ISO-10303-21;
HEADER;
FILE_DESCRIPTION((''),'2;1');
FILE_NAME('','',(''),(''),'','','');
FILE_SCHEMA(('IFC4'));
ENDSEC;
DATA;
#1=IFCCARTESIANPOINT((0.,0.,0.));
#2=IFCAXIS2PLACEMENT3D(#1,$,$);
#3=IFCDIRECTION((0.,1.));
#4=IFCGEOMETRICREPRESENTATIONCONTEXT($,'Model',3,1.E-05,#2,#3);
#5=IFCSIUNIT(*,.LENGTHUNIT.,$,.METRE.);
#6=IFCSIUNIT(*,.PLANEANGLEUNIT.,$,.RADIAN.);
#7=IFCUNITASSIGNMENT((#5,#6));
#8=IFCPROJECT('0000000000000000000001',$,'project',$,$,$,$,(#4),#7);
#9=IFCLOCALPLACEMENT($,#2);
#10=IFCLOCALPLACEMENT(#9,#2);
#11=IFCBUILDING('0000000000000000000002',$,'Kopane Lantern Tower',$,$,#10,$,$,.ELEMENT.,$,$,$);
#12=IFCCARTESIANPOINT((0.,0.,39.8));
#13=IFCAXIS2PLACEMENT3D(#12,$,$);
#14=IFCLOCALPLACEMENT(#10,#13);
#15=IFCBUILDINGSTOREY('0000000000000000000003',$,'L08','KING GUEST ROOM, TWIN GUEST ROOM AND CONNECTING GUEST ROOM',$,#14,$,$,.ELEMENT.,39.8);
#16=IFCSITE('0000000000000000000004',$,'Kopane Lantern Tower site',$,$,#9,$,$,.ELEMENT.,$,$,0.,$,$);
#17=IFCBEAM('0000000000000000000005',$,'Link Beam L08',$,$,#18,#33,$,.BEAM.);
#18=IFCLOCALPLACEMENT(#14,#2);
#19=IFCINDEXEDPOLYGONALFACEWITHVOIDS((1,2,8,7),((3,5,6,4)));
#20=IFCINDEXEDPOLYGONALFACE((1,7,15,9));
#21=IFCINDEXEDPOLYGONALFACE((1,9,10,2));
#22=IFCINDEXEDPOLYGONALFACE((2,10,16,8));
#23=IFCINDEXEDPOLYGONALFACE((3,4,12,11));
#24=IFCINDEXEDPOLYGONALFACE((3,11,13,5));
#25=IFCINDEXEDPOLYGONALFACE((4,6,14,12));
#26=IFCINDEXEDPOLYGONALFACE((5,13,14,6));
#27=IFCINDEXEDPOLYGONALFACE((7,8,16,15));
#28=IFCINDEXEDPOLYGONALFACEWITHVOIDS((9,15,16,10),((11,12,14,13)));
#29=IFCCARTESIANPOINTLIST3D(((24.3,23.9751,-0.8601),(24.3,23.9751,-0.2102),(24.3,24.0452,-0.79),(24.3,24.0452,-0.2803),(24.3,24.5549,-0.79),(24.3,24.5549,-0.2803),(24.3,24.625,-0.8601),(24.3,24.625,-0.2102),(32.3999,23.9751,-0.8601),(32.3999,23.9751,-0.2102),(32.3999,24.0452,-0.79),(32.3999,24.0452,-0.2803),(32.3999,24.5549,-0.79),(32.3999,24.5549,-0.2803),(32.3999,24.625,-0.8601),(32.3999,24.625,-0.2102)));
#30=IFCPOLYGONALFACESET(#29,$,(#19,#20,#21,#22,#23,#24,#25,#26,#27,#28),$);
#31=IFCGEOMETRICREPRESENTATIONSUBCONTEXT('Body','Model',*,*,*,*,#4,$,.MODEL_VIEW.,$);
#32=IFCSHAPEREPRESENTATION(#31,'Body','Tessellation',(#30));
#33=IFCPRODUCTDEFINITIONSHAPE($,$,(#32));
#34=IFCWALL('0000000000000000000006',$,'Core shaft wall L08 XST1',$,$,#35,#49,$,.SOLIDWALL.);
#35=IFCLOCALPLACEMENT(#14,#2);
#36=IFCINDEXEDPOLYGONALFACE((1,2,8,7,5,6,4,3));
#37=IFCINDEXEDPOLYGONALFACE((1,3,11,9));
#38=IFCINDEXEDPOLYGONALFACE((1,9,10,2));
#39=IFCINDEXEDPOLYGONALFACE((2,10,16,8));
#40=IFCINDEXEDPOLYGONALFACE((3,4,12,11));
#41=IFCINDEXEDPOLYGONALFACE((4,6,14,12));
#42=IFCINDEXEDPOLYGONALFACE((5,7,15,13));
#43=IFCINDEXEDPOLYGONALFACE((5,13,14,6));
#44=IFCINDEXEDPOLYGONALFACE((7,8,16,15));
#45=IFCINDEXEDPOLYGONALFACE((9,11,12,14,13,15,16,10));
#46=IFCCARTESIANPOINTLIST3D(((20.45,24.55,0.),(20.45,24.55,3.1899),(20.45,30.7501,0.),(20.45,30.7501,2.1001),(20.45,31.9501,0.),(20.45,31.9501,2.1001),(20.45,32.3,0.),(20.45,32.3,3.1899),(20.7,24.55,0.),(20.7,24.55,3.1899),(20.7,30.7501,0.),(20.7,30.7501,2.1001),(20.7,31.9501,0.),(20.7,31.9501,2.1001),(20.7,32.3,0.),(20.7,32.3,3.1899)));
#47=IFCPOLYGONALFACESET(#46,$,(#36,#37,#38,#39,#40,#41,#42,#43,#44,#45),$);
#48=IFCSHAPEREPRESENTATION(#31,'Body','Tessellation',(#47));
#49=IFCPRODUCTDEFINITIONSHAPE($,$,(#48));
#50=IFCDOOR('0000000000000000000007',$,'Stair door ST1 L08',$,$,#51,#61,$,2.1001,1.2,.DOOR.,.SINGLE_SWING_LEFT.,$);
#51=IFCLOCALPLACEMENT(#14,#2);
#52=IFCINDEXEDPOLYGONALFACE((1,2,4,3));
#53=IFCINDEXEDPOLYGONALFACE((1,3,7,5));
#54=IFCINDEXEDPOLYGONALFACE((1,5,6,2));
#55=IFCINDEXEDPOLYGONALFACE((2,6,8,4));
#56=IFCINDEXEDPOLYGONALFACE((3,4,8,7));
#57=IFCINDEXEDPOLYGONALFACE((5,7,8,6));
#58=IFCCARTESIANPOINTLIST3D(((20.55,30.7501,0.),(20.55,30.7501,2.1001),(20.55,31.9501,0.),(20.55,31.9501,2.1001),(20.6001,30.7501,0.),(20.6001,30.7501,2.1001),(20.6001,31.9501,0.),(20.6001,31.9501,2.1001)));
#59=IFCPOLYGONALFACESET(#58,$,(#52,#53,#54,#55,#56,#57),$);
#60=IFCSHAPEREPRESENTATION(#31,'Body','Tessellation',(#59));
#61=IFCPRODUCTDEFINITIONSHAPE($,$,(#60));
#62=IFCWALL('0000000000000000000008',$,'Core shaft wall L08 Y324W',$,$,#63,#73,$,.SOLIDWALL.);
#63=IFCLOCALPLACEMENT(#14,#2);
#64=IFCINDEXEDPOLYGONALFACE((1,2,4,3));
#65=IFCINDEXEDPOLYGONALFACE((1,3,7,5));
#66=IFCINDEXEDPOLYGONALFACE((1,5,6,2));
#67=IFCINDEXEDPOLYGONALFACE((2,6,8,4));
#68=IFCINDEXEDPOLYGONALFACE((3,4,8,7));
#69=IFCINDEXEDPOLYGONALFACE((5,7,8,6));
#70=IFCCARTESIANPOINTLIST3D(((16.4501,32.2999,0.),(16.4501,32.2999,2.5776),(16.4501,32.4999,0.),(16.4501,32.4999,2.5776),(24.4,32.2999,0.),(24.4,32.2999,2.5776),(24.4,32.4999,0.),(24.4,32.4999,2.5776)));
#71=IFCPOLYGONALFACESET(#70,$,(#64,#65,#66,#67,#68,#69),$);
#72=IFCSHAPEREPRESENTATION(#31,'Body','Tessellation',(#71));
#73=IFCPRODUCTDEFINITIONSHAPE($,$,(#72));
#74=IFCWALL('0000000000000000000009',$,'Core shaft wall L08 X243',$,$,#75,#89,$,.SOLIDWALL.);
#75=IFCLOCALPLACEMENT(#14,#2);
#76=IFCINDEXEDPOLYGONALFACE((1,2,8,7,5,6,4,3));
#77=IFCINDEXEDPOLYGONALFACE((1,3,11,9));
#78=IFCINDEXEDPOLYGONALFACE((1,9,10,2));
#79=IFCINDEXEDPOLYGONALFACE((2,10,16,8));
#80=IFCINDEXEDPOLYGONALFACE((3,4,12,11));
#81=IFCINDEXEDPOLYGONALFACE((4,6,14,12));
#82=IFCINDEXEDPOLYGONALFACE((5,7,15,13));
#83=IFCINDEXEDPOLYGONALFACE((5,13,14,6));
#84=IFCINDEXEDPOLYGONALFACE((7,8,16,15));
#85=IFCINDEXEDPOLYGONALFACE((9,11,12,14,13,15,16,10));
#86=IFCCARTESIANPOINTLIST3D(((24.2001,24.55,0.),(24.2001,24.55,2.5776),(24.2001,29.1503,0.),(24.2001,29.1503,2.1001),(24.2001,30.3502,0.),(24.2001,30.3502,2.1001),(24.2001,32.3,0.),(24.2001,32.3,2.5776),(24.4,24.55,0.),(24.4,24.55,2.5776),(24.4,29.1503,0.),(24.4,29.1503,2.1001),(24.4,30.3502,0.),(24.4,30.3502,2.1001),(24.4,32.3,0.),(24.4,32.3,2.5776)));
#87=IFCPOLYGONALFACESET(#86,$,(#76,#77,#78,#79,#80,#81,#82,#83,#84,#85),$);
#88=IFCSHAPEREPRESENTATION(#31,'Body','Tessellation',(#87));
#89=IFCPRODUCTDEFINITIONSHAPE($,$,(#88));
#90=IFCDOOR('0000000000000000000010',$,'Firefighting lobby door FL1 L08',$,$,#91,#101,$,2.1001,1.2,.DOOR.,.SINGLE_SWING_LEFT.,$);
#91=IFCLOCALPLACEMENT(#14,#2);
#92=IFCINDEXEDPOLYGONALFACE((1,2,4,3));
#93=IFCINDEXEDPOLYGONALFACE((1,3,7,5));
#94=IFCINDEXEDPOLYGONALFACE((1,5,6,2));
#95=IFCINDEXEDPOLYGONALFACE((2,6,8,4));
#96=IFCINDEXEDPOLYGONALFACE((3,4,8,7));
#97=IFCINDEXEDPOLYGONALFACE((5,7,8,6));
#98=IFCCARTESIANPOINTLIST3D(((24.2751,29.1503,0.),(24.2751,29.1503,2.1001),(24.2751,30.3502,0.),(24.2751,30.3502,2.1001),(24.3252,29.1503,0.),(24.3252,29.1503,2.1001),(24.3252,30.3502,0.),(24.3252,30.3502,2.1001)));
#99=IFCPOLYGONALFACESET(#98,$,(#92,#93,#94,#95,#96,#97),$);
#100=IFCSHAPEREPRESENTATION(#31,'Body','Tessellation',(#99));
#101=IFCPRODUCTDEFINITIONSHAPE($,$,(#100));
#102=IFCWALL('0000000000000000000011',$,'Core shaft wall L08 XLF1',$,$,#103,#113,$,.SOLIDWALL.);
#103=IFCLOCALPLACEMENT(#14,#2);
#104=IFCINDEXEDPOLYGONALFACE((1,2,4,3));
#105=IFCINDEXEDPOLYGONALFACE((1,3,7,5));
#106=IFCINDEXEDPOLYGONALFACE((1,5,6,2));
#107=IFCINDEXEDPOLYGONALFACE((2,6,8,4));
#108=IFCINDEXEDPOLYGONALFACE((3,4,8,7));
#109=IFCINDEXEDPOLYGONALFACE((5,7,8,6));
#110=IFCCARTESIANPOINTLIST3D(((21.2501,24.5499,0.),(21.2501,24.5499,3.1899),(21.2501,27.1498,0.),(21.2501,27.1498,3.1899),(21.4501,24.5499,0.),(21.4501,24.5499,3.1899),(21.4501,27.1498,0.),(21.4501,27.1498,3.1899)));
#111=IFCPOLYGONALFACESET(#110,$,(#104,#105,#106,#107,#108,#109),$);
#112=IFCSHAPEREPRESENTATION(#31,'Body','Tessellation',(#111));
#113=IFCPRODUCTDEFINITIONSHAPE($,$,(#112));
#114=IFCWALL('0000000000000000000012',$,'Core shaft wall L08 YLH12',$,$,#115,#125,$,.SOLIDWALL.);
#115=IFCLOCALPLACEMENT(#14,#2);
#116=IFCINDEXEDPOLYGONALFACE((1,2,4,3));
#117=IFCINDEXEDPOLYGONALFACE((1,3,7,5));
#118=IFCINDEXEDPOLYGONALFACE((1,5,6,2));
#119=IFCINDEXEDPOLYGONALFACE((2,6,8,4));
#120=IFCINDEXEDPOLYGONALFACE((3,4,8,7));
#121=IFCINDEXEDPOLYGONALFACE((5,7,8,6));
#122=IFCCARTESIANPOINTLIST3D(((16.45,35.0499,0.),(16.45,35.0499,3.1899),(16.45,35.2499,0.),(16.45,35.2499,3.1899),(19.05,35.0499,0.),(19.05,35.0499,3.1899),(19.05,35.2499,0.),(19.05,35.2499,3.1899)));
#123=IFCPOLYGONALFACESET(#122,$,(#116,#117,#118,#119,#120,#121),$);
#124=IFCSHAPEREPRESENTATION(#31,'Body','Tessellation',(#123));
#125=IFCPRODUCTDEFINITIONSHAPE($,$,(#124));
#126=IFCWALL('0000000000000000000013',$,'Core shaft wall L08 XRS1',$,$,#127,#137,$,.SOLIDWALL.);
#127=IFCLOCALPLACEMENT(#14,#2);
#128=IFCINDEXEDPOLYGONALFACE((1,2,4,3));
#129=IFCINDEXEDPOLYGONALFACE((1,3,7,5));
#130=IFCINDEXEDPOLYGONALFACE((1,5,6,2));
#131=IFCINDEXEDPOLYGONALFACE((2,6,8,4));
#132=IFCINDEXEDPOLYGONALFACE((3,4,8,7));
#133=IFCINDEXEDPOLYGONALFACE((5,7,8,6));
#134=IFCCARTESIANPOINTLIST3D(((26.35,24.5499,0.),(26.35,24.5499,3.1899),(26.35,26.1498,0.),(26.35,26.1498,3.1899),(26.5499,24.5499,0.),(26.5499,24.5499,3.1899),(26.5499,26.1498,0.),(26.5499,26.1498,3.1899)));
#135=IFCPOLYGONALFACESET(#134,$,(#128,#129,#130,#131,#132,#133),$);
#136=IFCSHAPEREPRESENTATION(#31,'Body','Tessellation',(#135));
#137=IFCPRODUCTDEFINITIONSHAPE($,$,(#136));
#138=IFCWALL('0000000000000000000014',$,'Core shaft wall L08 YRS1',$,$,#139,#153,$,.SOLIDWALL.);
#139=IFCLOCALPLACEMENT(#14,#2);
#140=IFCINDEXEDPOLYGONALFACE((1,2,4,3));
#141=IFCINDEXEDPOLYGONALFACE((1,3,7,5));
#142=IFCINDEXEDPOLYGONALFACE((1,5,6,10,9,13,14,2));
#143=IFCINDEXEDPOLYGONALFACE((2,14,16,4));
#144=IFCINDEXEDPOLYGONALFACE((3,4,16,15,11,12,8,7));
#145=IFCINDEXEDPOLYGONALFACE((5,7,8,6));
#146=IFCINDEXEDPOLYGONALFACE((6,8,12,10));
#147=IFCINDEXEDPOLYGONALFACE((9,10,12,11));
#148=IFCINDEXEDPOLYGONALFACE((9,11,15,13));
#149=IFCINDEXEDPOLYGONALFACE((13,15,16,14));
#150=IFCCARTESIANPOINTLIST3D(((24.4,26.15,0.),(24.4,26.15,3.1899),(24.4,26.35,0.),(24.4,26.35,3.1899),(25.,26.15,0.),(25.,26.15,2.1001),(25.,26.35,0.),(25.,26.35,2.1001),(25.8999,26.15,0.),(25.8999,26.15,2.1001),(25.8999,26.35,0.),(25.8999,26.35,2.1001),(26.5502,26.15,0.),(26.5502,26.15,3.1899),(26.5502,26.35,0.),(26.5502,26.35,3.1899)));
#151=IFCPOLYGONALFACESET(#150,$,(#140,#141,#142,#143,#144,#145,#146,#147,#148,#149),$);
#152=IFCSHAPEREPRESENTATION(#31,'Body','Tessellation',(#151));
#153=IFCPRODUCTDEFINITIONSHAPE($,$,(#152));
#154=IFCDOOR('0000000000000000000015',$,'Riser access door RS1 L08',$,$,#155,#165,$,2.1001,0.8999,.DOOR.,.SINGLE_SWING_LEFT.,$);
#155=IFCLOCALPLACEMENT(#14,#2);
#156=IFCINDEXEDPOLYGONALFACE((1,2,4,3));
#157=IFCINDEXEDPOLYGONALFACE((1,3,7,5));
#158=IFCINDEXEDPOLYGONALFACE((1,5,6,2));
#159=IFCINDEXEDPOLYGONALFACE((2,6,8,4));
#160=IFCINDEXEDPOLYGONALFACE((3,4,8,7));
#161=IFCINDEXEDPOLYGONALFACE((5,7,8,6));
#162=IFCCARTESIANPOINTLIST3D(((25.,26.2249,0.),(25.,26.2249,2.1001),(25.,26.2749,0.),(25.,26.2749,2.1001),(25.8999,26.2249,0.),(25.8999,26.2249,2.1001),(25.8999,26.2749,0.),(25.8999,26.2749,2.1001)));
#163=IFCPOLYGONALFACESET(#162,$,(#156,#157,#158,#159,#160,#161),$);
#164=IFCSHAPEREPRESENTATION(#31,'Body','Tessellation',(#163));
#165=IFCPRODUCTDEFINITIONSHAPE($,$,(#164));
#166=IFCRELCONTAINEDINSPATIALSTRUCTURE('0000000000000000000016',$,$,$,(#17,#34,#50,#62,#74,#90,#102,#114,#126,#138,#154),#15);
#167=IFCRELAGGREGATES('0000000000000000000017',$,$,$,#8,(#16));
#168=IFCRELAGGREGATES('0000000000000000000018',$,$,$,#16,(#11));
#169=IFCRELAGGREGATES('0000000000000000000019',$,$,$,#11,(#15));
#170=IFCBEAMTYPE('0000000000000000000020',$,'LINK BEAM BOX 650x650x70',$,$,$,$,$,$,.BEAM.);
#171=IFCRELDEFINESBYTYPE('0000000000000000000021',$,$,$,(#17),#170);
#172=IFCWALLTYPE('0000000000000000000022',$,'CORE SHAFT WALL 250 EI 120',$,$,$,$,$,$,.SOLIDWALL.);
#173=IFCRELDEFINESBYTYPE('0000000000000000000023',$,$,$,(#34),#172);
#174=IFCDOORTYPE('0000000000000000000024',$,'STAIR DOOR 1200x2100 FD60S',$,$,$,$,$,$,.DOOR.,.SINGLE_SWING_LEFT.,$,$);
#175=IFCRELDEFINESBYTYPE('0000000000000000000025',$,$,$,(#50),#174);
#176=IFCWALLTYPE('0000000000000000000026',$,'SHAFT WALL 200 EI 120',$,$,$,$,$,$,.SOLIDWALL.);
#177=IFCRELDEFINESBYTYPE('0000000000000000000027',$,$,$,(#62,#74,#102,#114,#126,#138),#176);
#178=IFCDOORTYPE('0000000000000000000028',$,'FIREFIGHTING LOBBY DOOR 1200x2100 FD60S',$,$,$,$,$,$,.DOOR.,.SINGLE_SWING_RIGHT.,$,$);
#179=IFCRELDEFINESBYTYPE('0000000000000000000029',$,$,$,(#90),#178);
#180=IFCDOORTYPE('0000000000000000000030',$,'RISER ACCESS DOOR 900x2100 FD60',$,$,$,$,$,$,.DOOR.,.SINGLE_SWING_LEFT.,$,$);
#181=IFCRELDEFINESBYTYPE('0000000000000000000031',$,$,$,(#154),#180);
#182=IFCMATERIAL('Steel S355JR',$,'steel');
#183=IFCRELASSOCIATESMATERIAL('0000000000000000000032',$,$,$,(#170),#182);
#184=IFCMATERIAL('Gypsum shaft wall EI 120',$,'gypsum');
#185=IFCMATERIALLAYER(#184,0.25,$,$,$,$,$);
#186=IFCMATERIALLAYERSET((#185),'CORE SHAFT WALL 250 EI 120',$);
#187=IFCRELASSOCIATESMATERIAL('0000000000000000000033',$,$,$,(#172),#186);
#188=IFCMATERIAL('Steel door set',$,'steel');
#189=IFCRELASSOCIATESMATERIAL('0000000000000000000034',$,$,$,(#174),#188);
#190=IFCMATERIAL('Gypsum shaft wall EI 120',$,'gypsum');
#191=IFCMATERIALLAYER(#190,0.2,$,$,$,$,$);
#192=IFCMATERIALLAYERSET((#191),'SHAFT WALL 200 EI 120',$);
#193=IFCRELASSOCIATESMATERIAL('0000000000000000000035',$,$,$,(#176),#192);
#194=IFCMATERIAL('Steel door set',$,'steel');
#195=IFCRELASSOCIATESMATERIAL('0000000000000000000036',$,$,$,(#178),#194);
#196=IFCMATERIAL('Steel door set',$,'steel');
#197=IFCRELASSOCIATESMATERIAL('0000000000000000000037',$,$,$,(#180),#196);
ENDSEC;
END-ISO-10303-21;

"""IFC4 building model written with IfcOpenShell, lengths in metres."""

from ifc_helpers import new_model, si_unit, direction, frame, frame_2d, origin, origin_2d, place, context, subcontext, project, spatial, rectangle, hollow_rectangle, extrude, material, layer, layer_set, material_profile, profile_set, type_object, element, fill, save


model = new_model("IFC4")

# Units and contexts
model_context = context("Model", 3, precision=1e-05, world=origin(), true_north=direction((0.0, 1.0)))
body_context = subcontext(model_context, "Body", "Model", "MODEL_VIEW")
ifc_project = project(units=[si_unit("LENGTHUNIT", "METRE"), si_unit("PLANEANGLEUNIT", "RADIAN")], contexts=[model_context])

# Site, building, storey
site_placement = place(None, origin())
site = spatial("IfcSite", under=ifc_project, at=site_placement, Name="Kopane Lantern Tower site", CompositionType="ELEMENT", RefElevation=0.0)
building_placement = place(site_placement, origin())
building = spatial("IfcBuilding", under=site, at=building_placement, Name="Kopane Lantern Tower", CompositionType="ELEMENT")
storey_placement = place(building_placement, frame((0.0, 0.0, 39.8)))
storey = spatial("IfcBuildingStorey", under=building, at=storey_placement, Name="L08", Description="KING GUEST ROOM, TWIN GUEST ROOM AND CONNECTING GUEST ROOM", CompositionType="ELEMENT", Elevation=39.8)

# Beam
ifc_material_1 = material(Name="Steel S355JR", Category="steel")
ifc_material_profile_1 = material_profile(ifc_material_1, hollow_rectangle(XDim=0.6499, YDim=0.6499, WallThickness=0.0701, at=origin_2d()), Name="BOX 650x650x70")
ifc_profile_set_1 = profile_set([ifc_material_profile_1], Name="Steel S355JR")
beam_type_1 = type_object("IfcBeamType", Name="LINK BEAM BOX 650x650x70", PredefinedType="BEAM", material=ifc_profile_set_1)
beam_1_placement = place(storey_placement, frame((24.3, 24.3, -0.5352), z_axis=(1.0, 0.0, 0.0), x_axis=(0.0, 1.0, 0.0)))
element("IfcBeam", 1, at=beam_1_placement, inside=storey, type_object=beam_type_1, Name="Link Beam L08", PredefinedType="BEAM", context=body_context, shape_type="SweptSolid", body=[
    extrude(hollow_rectangle(XDim=0.6499, YDim=0.6499, WallThickness=0.0701, at=origin_2d()), origin(), (0.0, 0.0, 1.0), 8.0999),
])

# Wall, opening, door
ifc_material_2 = material(Name="Gypsum shaft wall EI 120", Category="gypsum")
ifc_layer_1 = layer(ifc_material_2, 0.25)
ifc_layer_set_1 = layer_set([ifc_layer_1], Name="CORE SHAFT WALL 250 EI 120")
wall_type_1 = type_object("IfcWallType", Name="CORE SHAFT WALL 250 EI 120", PredefinedType="SOLIDWALL", material=ifc_layer_set_1)
wall_1_placement = place(storey_placement, frame((20.575, 24.55, 0.0), z_axis=(0.0, 0.0, 1.0), x_axis=(0.0, 1.0, 0.0)))
wall_1 = element("IfcWall", 2, at=wall_1_placement, inside=storey, type_object=wall_type_1, Name="Core shaft wall L08 XST1", PredefinedType="SOLIDWALL", context=body_context, shape_type="SweptSolid", body=[
    extrude(rectangle(XDim=7.75, YDim=0.25, at=frame_2d((3.875, 0.0))), origin(), (0.0, 0.0, 1.0), 3.1899),
])
opening_1_placement = place(wall_1_placement, frame((6.2, 0.0, 0.0)))
opening_1 = element("IfcOpeningElement", 3, at=opening_1_placement, cuts=wall_1, PredefinedType="OPENING", context=body_context, shape_type="SweptSolid", body=[
    extrude(rectangle(XDim=1.2, YDim=2.1001, at=frame_2d((0.6001, 1.05))), frame((0.0, 0.135, 0.0), z_axis=(0.0, -1.0, 0.0), x_axis=(1.0, 0.0, 0.0)), (0.0, 0.0, 1.0), 0.27),
])
ifc_material_3 = material(Name="Steel door set", Category="steel")
door_type_1 = type_object("IfcDoorType", Name="STAIR DOOR 1200x2100 FD60S", OperationType="SINGLE_SWING_LEFT", PredefinedType="DOOR", material=ifc_material_3)
door_1_placement = place(opening_1_placement, origin())
door_1 = element("IfcDoor", 4, at=door_1_placement, inside=storey, type_object=door_type_1, Name="Stair door ST1 L08", OperationType="SINGLE_SWING_LEFT", OverallHeight=2.1001, OverallWidth=1.2, PredefinedType="DOOR", context=body_context, shape_type="SweptSolid", body=[
    extrude(rectangle(XDim=1.2, YDim=2.1001, at=frame_2d((0.6001, 1.05))), frame((0.0, 0.0249, 0.0), z_axis=(0.0, -1.0, 0.0), x_axis=(1.0, 0.0, 0.0)), (0.0, 0.0, 1.0), 0.05),
])
fill(opening_1, door_1)

# Wall
ifc_material_4 = material(Name="Gypsum shaft wall EI 120", Category="gypsum")
ifc_layer_2 = layer(ifc_material_4, 0.2)
ifc_layer_set_2 = layer_set([ifc_layer_2], Name="SHAFT WALL 200 EI 120")
wall_type_2 = type_object("IfcWallType", Name="SHAFT WALL 200 EI 120", PredefinedType="SOLIDWALL", material=ifc_layer_set_2)
wall_2_placement = place(storey_placement, frame((16.45, 32.3999, 0.0), z_axis=(0.0, 0.0, 1.0), x_axis=(1.0, 0.0, 0.0)))
element("IfcWall", 5, at=wall_2_placement, inside=storey, type_object=wall_type_2, Name="Core shaft wall L08 Y324W", PredefinedType="SOLIDWALL", context=body_context, shape_type="SweptSolid", body=[
    extrude(rectangle(XDim=7.95, YDim=0.2, at=frame_2d((3.9751, 0.0))), origin(), (0.0, 0.0, 1.0), 2.5776),
])

# Wall, opening, door
wall_3_placement = place(storey_placement, frame((24.3, 24.55, 0.0), z_axis=(0.0, 0.0, 1.0), x_axis=(0.0, 1.0, 0.0)))
wall_3 = element("IfcWall", 6, at=wall_3_placement, inside=storey, type_object=wall_type_2, Name="Core shaft wall L08 X243", PredefinedType="SOLIDWALL", context=body_context, shape_type="SweptSolid", body=[
    extrude(rectangle(XDim=7.75, YDim=0.2, at=frame_2d((3.875, 0.0))), origin(), (0.0, 0.0, 1.0), 2.5776),
])
opening_2_placement = place(wall_3_placement, frame((4.6001, 0.0, 0.0)))
opening_2 = element("IfcOpeningElement", 7, at=opening_2_placement, cuts=wall_3, PredefinedType="OPENING", context=body_context, shape_type="SweptSolid", body=[
    extrude(rectangle(XDim=1.2, YDim=2.1001, at=frame_2d((0.6001, 1.05))), frame((0.0, 0.1099, 0.0), z_axis=(0.0, -1.0, 0.0), x_axis=(1.0, 0.0, 0.0)), (0.0, 0.0, 1.0), 0.22),
])
ifc_material_5 = material(Name="Steel door set", Category="steel")
door_type_2 = type_object("IfcDoorType", Name="FIREFIGHTING LOBBY DOOR 1200x2100 FD60S", OperationType="SINGLE_SWING_RIGHT", PredefinedType="DOOR", material=ifc_material_5)
door_2_placement = place(opening_2_placement, origin())
door_2 = element("IfcDoor", 8, at=door_2_placement, inside=storey, type_object=door_type_2, Name="Firefighting lobby door FL1 L08", OperationType="SINGLE_SWING_LEFT", OverallHeight=2.1001, OverallWidth=1.2, PredefinedType="DOOR", context=body_context, shape_type="SweptSolid", body=[
    extrude(rectangle(XDim=1.2, YDim=2.1001, at=frame_2d((0.6001, 1.05))), frame((0.0, 0.0249, 0.0), z_axis=(0.0, -1.0, 0.0), x_axis=(1.0, 0.0, 0.0)), (0.0, 0.0, 1.0), 0.05),
])
fill(opening_2, door_2)

# Walls
wall_4_placement = place(storey_placement, frame((21.3501, 24.55, 0.0), z_axis=(0.0, 0.0, 1.0), x_axis=(0.0, 1.0, 0.0)))
element("IfcWall", 9, at=wall_4_placement, inside=storey, type_object=wall_type_2, Name="Core shaft wall L08 XLF1", PredefinedType="SOLIDWALL", context=body_context, shape_type="SweptSolid", body=[
    extrude(rectangle(XDim=2.5999, YDim=0.2, at=frame_2d((1.2998, 0.0))), origin(), (0.0, 0.0, 1.0), 3.1899),
])
wall_5_placement = place(storey_placement, frame((16.45, 35.1499, 0.0), z_axis=(0.0, 0.0, 1.0), x_axis=(1.0, 0.0, 0.0)))
element("IfcWall", 10, at=wall_5_placement, inside=storey, type_object=wall_type_2, Name="Core shaft wall L08 YLH12", PredefinedType="SOLIDWALL", context=body_context, shape_type="SweptSolid", body=[
    extrude(rectangle(XDim=2.6001, YDim=0.2, at=frame_2d((1.3, 0.0))), origin(), (0.0, 0.0, 1.0), 3.1899),
])
wall_6_placement = place(storey_placement, frame((26.45, 24.55, 0.0), z_axis=(0.0, 0.0, 1.0), x_axis=(0.0, 1.0, 0.0)))
element("IfcWall", 11, at=wall_6_placement, inside=storey, type_object=wall_type_2, Name="Core shaft wall L08 XRS1", PredefinedType="SOLIDWALL", context=body_context, shape_type="SweptSolid", body=[
    extrude(rectangle(XDim=1.5999, YDim=0.2, at=frame_2d((0.7998, 0.0))), origin(), (0.0, 0.0, 1.0), 3.1899),
])

# Wall, opening, door
wall_7_placement = place(storey_placement, frame((24.3999, 26.25, 0.0), z_axis=(0.0, 0.0, 1.0), x_axis=(1.0, 0.0, 0.0)))
wall_7 = element("IfcWall", 12, at=wall_7_placement, inside=storey, type_object=wall_type_2, Name="Core shaft wall L08 YRS1", PredefinedType="SOLIDWALL", context=body_context, shape_type="SweptSolid", body=[
    extrude(rectangle(XDim=2.1501, YDim=0.2, at=frame_2d((1.0752, 0.0))), origin(), (0.0, 0.0, 1.0), 3.1899),
])
opening_3_placement = place(wall_7_placement, frame((0.6001, 0.0, 0.0)))
opening_3 = element("IfcOpeningElement", 13, at=opening_3_placement, cuts=wall_7, PredefinedType="OPENING", context=body_context, shape_type="SweptSolid", body=[
    extrude(rectangle(XDim=0.8999, YDim=2.1001, at=frame_2d((0.45, 1.05))), frame((0.0, 0.1099, 0.0), z_axis=(0.0, -1.0, 0.0), x_axis=(1.0, 0.0, 0.0)), (0.0, 0.0, 1.0), 0.22),
])
ifc_material_6 = material(Name="Steel door set", Category="steel")
door_type_3 = type_object("IfcDoorType", Name="RISER ACCESS DOOR 900x2100 FD60", OperationType="SINGLE_SWING_LEFT", PredefinedType="DOOR", material=ifc_material_6)
door_3_placement = place(opening_3_placement, origin())
door_3 = element("IfcDoor", 14, at=door_3_placement, inside=storey, type_object=door_type_3, Name="Riser access door RS1 L08", OperationType="SINGLE_SWING_LEFT", OverallHeight=2.1001, OverallWidth=0.8999, PredefinedType="DOOR", context=body_context, shape_type="SweptSolid", body=[
    extrude(rectangle(XDim=0.8999, YDim=2.1001, at=frame_2d((0.45, 1.05))), frame((0.0, 0.0249, 0.0), z_axis=(0.0, -1.0, 0.0), x_axis=(1.0, 0.0, 0.0)), (0.0, 0.0, 1.0), 0.05),
])
fill(opening_3, door_3)

save(model, "model.ifc")
